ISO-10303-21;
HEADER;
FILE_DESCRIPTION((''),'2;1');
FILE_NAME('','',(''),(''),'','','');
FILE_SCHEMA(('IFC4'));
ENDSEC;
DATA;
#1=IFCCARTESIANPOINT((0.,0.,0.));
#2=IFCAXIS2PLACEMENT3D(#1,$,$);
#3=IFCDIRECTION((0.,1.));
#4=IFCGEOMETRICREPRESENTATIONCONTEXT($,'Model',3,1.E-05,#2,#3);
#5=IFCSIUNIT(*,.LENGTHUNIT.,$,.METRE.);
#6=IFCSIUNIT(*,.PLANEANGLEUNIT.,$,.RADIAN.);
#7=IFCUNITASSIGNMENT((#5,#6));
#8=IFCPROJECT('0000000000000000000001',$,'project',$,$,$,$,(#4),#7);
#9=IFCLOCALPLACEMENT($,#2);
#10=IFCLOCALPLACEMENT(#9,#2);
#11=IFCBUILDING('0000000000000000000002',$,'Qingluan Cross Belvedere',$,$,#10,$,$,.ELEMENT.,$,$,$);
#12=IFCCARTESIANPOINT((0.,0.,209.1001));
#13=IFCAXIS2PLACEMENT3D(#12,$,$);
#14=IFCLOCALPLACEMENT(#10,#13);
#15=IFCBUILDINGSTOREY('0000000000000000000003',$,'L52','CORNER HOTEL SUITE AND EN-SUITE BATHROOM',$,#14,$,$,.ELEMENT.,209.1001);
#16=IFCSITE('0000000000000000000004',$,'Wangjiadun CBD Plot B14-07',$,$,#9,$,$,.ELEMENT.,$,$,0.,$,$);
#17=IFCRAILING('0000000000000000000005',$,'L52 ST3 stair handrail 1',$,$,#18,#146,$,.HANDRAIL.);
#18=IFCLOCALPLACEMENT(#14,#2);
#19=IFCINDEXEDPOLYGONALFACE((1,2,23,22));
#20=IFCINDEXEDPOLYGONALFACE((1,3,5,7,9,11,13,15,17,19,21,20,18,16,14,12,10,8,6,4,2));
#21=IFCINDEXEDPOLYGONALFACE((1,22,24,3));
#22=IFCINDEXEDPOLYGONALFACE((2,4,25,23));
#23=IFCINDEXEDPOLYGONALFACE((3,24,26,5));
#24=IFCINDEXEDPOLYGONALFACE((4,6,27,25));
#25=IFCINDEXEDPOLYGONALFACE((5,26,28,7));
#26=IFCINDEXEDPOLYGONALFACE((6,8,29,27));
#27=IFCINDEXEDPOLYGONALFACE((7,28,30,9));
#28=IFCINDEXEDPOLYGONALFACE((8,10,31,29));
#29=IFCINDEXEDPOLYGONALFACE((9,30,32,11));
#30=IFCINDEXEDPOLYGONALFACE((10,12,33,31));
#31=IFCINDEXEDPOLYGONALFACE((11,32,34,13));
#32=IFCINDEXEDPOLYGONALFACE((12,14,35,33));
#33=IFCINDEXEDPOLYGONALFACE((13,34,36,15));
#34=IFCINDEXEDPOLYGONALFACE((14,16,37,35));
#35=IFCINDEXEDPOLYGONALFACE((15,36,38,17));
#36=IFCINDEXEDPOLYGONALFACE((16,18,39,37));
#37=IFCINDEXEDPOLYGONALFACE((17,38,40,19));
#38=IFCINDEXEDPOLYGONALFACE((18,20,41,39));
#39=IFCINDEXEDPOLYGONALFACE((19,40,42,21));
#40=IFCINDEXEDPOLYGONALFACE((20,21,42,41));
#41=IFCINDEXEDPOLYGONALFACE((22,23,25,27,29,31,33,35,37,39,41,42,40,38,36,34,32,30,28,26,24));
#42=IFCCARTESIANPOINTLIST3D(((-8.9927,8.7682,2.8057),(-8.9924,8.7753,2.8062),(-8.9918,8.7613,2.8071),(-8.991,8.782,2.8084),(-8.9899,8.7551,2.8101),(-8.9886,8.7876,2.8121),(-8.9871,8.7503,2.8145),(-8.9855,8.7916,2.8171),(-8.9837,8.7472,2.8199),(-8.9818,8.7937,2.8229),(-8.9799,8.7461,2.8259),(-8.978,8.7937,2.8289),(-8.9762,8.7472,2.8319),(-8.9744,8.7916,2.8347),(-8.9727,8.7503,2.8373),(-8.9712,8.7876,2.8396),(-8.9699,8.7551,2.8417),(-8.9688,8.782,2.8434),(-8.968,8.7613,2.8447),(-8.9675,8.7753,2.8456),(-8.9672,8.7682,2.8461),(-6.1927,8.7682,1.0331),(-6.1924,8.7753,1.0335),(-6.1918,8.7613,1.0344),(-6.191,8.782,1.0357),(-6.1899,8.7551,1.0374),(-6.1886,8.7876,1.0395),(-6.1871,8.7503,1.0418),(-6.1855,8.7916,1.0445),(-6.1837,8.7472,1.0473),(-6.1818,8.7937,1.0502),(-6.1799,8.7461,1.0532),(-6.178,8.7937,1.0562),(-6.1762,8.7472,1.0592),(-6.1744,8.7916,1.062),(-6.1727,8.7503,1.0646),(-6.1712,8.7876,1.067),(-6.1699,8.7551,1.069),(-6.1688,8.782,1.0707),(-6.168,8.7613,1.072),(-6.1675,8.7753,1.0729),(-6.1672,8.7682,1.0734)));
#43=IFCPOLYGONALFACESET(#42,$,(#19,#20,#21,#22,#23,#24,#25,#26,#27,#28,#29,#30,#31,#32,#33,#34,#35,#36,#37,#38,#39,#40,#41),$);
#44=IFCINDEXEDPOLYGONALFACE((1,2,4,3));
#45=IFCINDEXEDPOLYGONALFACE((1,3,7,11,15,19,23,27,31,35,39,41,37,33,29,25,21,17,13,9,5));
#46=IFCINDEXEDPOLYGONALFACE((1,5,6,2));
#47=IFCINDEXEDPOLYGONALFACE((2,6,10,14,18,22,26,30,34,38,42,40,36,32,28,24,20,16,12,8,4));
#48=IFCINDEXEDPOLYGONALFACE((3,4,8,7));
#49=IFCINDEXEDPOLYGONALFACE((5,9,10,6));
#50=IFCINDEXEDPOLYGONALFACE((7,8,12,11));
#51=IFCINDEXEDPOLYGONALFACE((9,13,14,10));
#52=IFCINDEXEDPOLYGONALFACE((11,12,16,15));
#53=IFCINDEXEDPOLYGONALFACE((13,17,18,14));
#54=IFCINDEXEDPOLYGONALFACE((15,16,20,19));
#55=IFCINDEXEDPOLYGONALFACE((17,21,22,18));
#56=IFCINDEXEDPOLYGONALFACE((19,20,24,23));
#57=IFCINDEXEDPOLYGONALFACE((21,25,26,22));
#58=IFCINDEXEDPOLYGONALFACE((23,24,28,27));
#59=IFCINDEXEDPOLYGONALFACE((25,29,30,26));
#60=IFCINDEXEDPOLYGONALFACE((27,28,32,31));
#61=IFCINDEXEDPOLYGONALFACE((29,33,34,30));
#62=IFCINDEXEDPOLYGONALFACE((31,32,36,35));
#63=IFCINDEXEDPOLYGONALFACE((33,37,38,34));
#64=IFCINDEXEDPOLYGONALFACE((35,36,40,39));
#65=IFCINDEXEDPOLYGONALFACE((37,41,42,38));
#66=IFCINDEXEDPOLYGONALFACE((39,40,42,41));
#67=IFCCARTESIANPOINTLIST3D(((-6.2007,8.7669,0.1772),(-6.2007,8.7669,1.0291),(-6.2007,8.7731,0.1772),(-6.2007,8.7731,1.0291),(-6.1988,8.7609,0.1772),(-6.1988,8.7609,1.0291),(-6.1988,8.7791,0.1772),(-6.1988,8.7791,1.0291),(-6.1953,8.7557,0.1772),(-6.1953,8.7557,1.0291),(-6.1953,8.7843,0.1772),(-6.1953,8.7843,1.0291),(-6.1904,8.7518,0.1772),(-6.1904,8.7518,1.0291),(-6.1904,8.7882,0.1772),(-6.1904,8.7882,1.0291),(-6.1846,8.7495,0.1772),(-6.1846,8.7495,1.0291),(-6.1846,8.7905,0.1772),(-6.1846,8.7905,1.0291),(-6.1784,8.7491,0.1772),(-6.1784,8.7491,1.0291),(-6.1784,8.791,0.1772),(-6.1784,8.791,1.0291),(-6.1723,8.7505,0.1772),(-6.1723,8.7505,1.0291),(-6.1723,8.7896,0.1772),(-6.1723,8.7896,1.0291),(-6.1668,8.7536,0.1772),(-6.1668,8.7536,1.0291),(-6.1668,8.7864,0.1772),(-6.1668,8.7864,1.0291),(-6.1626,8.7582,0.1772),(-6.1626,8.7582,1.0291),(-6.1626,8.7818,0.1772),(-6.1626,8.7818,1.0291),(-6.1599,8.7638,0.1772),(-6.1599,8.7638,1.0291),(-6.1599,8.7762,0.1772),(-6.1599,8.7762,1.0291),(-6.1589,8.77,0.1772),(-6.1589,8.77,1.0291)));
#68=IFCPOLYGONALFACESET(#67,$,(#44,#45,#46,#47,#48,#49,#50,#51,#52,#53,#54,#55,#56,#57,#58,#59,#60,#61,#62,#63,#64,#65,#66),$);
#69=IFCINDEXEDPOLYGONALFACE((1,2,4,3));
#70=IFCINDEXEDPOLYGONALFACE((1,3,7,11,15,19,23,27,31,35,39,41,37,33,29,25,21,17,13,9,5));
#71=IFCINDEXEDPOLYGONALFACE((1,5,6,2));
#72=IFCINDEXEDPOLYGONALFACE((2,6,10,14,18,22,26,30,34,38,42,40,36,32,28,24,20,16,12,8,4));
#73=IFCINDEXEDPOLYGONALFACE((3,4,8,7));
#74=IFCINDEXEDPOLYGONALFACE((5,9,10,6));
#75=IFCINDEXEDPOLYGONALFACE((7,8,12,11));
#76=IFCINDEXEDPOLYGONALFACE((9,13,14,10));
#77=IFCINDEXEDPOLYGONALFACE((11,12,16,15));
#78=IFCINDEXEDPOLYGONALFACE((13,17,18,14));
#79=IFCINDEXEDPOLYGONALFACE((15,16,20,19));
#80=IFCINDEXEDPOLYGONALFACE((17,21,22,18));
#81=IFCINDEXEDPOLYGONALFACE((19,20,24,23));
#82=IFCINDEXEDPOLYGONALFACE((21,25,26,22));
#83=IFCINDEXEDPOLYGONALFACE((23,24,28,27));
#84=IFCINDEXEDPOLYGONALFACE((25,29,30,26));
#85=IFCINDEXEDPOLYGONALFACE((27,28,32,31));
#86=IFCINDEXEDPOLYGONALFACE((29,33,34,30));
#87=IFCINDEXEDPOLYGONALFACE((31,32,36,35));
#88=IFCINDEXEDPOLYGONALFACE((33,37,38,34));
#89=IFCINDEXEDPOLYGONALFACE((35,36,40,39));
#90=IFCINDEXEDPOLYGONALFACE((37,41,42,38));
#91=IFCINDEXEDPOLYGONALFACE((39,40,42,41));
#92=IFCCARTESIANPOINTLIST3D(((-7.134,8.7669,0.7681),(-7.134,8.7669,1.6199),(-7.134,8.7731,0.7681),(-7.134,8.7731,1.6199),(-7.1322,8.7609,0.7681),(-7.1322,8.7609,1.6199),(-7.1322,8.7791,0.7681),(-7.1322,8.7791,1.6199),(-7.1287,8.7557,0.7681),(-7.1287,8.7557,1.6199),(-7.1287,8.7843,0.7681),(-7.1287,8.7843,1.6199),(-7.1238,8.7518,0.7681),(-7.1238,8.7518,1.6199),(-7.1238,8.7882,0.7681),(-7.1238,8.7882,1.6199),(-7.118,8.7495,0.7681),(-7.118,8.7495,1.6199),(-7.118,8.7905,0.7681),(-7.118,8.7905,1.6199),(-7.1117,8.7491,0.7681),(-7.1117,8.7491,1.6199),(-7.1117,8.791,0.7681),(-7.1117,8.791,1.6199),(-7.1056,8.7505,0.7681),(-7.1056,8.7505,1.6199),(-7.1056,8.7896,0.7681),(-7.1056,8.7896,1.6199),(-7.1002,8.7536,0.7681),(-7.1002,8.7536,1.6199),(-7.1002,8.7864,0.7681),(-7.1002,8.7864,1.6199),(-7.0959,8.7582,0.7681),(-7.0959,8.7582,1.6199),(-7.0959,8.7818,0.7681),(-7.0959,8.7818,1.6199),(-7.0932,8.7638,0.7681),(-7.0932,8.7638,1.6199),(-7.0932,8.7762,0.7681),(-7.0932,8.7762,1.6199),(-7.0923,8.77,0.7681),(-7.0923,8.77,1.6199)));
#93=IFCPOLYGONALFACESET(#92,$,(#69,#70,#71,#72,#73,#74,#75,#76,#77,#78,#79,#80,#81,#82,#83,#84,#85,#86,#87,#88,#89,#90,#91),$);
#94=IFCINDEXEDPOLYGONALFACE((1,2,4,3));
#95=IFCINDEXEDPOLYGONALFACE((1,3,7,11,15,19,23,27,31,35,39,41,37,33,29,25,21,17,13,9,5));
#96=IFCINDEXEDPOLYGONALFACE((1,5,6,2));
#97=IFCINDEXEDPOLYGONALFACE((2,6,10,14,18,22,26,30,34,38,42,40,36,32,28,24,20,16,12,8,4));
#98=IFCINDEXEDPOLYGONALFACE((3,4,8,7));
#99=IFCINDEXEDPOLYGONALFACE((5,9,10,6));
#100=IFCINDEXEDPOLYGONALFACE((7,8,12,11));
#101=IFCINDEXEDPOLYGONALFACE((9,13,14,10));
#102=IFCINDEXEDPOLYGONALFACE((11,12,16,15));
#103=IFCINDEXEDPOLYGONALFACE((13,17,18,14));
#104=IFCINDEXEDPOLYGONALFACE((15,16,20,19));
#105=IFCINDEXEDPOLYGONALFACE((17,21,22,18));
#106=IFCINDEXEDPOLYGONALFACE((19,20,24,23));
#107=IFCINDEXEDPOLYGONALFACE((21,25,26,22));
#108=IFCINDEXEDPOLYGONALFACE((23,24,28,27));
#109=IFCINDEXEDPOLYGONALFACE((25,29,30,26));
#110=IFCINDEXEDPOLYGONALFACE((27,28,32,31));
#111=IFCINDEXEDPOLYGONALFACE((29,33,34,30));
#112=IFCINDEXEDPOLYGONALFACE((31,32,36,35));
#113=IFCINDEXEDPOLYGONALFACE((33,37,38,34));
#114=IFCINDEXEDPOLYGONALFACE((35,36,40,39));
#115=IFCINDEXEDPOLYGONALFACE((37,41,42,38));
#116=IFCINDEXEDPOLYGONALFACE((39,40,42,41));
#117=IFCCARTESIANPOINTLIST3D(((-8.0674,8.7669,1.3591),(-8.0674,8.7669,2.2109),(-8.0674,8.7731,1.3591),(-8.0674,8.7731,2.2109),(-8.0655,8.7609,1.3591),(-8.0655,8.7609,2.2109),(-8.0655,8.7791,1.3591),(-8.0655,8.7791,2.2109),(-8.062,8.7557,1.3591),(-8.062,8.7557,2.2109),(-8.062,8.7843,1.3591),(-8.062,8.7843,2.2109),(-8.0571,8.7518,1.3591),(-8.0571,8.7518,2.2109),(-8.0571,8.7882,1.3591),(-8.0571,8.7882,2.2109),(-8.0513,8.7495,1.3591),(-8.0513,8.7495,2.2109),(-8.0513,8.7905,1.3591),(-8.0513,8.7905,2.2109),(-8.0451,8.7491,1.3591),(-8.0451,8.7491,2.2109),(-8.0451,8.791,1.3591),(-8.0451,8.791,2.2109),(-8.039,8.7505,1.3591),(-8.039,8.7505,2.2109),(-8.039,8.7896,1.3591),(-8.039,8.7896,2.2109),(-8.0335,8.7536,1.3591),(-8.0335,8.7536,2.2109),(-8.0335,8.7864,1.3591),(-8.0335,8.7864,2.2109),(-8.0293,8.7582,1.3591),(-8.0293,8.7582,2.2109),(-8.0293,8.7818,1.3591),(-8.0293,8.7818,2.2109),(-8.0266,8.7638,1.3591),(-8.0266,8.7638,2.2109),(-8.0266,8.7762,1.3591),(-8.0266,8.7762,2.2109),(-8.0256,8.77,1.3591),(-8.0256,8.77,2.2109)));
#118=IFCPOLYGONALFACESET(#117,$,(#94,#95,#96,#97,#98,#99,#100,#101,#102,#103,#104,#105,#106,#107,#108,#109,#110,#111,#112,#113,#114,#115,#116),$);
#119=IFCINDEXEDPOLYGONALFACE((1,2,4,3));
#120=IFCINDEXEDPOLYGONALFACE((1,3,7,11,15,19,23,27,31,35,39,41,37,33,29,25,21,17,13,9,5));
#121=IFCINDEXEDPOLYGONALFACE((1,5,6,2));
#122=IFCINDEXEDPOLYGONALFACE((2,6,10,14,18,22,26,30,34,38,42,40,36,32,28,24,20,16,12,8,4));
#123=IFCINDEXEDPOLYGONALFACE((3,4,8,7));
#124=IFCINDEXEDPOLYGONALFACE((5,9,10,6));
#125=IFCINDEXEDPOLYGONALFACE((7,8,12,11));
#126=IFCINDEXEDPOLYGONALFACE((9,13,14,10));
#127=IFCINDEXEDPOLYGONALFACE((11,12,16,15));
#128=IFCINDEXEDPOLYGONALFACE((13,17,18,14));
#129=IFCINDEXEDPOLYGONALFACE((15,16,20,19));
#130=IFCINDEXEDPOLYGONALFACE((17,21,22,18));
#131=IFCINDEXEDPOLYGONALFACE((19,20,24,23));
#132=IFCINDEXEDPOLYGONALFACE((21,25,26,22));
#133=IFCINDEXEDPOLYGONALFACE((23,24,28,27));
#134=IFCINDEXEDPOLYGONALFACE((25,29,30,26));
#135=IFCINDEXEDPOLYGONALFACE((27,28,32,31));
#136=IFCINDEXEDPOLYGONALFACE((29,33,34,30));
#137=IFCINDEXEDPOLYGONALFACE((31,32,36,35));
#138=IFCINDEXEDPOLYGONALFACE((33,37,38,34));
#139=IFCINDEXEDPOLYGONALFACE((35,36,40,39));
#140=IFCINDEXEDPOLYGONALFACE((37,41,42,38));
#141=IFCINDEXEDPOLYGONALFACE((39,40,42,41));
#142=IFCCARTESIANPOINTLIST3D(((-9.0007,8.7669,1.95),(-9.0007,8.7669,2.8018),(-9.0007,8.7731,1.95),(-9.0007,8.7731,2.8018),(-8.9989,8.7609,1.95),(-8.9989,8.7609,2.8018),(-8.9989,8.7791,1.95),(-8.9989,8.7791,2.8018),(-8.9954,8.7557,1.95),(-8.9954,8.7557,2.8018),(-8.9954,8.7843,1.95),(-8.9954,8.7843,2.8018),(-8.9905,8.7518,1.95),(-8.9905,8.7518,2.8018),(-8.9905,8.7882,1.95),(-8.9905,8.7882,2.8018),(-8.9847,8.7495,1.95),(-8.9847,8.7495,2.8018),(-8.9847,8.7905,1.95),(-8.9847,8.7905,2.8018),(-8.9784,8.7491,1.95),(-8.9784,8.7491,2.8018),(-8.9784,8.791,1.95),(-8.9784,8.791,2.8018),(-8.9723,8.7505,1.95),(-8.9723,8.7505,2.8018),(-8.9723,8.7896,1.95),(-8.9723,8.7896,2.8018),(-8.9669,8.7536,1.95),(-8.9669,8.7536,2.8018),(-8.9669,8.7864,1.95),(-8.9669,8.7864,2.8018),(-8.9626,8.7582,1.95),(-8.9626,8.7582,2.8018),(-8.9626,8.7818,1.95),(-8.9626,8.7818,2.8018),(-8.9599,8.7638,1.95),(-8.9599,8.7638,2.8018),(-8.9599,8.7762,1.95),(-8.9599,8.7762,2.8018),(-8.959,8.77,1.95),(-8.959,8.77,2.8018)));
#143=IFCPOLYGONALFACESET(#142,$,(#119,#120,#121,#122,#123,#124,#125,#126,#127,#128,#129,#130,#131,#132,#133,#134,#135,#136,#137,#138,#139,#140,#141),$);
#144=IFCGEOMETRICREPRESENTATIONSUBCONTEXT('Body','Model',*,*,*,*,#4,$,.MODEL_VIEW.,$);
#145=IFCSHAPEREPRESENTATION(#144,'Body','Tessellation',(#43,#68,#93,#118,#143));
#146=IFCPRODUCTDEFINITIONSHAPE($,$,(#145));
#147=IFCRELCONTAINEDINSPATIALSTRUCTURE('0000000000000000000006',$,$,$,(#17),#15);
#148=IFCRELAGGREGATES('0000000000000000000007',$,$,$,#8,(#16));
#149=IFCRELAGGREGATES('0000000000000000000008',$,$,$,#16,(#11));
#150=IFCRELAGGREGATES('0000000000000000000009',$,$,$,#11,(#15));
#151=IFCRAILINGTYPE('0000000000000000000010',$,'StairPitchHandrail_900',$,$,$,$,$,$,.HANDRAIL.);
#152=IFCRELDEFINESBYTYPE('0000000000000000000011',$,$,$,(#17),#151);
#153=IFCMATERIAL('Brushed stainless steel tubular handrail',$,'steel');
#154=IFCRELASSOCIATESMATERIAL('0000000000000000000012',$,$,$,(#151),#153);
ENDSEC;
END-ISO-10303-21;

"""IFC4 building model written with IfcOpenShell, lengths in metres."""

from ifc_helpers import new_model, si_unit, direction, frame, origin, origin_2d, place, context, subcontext, project, spatial, circle, extrude, material, type_object, element, save


model = new_model("IFC4")

# Units and contexts
model_context = context("Model", 3, precision=1e-05, world=origin(), true_north=direction((0.0, 1.0)))
body_context = subcontext(model_context, "Body", "Model", "MODEL_VIEW")
ifc_project = project(units=[si_unit("LENGTHUNIT", "METRE"), si_unit("PLANEANGLEUNIT", "RADIAN")], contexts=[model_context])

# Site, building, storey
site_placement = place(None, origin())
site = spatial("IfcSite", under=ifc_project, at=site_placement, Name="Wangjiadun CBD Plot B14-07", CompositionType="ELEMENT", RefElevation=0.0)
building_placement = place(site_placement, origin())
building = spatial("IfcBuilding", under=site, at=building_placement, Name="Qingluan Cross Belvedere", CompositionType="ELEMENT")
storey_placement = place(building_placement, frame((0.0, 0.0, 209.1001)))
storey = spatial("IfcBuildingStorey", under=building, at=storey_placement, Name="L52", Description="CORNER HOTEL SUITE AND EN-SUITE BATHROOM", CompositionType="ELEMENT", Elevation=209.1001)

# Railing
ifc_material_1 = material(Name="Brushed stainless steel tubular handrail", Category="steel")
railing_type = type_object("IfcRailingType", Name="StairPitchHandrail_900", PredefinedType="HANDRAIL", material=ifc_material_1)
railing_placement = place(storey_placement, frame((-6.1799, 8.77, 0.1772)))
element("IfcRailing", 1, at=railing_placement, inside=storey, type_object=railing_type, Name="L52 ST3 stair handrail 1", PredefinedType="HANDRAIL", context=body_context, shape_type="SweptSolid", body=[
    extrude(circle(Radius=0.0239, at=origin_2d()), frame((0.0, 0.0, 0.876), z_axis=(-0.844909, 0.0, 0.53491), x_axis=(0.0, -1.0, 0.0)), (0.0, 0.0, 1.0), 3.314),
    extrude(circle(Radius=0.021, at=origin_2d()), origin(), (0.0, 0.0, 1.0), 0.8518),
    extrude(circle(Radius=0.021, at=origin_2d()), frame((-0.9333, 0.0, 0.5908)), (0.0, 0.0, 1.0), 0.8518),
    extrude(circle(Radius=0.021, at=origin_2d()), frame((-1.8667, 0.0, 1.1819)), (0.0, 0.0, 1.0), 0.8518),
    extrude(circle(Radius=0.021, at=origin_2d()), frame((-2.8, 0.0, 1.7727)), (0.0, 0.0, 1.0), 0.8518),
])

save(model, "model.ifc")
